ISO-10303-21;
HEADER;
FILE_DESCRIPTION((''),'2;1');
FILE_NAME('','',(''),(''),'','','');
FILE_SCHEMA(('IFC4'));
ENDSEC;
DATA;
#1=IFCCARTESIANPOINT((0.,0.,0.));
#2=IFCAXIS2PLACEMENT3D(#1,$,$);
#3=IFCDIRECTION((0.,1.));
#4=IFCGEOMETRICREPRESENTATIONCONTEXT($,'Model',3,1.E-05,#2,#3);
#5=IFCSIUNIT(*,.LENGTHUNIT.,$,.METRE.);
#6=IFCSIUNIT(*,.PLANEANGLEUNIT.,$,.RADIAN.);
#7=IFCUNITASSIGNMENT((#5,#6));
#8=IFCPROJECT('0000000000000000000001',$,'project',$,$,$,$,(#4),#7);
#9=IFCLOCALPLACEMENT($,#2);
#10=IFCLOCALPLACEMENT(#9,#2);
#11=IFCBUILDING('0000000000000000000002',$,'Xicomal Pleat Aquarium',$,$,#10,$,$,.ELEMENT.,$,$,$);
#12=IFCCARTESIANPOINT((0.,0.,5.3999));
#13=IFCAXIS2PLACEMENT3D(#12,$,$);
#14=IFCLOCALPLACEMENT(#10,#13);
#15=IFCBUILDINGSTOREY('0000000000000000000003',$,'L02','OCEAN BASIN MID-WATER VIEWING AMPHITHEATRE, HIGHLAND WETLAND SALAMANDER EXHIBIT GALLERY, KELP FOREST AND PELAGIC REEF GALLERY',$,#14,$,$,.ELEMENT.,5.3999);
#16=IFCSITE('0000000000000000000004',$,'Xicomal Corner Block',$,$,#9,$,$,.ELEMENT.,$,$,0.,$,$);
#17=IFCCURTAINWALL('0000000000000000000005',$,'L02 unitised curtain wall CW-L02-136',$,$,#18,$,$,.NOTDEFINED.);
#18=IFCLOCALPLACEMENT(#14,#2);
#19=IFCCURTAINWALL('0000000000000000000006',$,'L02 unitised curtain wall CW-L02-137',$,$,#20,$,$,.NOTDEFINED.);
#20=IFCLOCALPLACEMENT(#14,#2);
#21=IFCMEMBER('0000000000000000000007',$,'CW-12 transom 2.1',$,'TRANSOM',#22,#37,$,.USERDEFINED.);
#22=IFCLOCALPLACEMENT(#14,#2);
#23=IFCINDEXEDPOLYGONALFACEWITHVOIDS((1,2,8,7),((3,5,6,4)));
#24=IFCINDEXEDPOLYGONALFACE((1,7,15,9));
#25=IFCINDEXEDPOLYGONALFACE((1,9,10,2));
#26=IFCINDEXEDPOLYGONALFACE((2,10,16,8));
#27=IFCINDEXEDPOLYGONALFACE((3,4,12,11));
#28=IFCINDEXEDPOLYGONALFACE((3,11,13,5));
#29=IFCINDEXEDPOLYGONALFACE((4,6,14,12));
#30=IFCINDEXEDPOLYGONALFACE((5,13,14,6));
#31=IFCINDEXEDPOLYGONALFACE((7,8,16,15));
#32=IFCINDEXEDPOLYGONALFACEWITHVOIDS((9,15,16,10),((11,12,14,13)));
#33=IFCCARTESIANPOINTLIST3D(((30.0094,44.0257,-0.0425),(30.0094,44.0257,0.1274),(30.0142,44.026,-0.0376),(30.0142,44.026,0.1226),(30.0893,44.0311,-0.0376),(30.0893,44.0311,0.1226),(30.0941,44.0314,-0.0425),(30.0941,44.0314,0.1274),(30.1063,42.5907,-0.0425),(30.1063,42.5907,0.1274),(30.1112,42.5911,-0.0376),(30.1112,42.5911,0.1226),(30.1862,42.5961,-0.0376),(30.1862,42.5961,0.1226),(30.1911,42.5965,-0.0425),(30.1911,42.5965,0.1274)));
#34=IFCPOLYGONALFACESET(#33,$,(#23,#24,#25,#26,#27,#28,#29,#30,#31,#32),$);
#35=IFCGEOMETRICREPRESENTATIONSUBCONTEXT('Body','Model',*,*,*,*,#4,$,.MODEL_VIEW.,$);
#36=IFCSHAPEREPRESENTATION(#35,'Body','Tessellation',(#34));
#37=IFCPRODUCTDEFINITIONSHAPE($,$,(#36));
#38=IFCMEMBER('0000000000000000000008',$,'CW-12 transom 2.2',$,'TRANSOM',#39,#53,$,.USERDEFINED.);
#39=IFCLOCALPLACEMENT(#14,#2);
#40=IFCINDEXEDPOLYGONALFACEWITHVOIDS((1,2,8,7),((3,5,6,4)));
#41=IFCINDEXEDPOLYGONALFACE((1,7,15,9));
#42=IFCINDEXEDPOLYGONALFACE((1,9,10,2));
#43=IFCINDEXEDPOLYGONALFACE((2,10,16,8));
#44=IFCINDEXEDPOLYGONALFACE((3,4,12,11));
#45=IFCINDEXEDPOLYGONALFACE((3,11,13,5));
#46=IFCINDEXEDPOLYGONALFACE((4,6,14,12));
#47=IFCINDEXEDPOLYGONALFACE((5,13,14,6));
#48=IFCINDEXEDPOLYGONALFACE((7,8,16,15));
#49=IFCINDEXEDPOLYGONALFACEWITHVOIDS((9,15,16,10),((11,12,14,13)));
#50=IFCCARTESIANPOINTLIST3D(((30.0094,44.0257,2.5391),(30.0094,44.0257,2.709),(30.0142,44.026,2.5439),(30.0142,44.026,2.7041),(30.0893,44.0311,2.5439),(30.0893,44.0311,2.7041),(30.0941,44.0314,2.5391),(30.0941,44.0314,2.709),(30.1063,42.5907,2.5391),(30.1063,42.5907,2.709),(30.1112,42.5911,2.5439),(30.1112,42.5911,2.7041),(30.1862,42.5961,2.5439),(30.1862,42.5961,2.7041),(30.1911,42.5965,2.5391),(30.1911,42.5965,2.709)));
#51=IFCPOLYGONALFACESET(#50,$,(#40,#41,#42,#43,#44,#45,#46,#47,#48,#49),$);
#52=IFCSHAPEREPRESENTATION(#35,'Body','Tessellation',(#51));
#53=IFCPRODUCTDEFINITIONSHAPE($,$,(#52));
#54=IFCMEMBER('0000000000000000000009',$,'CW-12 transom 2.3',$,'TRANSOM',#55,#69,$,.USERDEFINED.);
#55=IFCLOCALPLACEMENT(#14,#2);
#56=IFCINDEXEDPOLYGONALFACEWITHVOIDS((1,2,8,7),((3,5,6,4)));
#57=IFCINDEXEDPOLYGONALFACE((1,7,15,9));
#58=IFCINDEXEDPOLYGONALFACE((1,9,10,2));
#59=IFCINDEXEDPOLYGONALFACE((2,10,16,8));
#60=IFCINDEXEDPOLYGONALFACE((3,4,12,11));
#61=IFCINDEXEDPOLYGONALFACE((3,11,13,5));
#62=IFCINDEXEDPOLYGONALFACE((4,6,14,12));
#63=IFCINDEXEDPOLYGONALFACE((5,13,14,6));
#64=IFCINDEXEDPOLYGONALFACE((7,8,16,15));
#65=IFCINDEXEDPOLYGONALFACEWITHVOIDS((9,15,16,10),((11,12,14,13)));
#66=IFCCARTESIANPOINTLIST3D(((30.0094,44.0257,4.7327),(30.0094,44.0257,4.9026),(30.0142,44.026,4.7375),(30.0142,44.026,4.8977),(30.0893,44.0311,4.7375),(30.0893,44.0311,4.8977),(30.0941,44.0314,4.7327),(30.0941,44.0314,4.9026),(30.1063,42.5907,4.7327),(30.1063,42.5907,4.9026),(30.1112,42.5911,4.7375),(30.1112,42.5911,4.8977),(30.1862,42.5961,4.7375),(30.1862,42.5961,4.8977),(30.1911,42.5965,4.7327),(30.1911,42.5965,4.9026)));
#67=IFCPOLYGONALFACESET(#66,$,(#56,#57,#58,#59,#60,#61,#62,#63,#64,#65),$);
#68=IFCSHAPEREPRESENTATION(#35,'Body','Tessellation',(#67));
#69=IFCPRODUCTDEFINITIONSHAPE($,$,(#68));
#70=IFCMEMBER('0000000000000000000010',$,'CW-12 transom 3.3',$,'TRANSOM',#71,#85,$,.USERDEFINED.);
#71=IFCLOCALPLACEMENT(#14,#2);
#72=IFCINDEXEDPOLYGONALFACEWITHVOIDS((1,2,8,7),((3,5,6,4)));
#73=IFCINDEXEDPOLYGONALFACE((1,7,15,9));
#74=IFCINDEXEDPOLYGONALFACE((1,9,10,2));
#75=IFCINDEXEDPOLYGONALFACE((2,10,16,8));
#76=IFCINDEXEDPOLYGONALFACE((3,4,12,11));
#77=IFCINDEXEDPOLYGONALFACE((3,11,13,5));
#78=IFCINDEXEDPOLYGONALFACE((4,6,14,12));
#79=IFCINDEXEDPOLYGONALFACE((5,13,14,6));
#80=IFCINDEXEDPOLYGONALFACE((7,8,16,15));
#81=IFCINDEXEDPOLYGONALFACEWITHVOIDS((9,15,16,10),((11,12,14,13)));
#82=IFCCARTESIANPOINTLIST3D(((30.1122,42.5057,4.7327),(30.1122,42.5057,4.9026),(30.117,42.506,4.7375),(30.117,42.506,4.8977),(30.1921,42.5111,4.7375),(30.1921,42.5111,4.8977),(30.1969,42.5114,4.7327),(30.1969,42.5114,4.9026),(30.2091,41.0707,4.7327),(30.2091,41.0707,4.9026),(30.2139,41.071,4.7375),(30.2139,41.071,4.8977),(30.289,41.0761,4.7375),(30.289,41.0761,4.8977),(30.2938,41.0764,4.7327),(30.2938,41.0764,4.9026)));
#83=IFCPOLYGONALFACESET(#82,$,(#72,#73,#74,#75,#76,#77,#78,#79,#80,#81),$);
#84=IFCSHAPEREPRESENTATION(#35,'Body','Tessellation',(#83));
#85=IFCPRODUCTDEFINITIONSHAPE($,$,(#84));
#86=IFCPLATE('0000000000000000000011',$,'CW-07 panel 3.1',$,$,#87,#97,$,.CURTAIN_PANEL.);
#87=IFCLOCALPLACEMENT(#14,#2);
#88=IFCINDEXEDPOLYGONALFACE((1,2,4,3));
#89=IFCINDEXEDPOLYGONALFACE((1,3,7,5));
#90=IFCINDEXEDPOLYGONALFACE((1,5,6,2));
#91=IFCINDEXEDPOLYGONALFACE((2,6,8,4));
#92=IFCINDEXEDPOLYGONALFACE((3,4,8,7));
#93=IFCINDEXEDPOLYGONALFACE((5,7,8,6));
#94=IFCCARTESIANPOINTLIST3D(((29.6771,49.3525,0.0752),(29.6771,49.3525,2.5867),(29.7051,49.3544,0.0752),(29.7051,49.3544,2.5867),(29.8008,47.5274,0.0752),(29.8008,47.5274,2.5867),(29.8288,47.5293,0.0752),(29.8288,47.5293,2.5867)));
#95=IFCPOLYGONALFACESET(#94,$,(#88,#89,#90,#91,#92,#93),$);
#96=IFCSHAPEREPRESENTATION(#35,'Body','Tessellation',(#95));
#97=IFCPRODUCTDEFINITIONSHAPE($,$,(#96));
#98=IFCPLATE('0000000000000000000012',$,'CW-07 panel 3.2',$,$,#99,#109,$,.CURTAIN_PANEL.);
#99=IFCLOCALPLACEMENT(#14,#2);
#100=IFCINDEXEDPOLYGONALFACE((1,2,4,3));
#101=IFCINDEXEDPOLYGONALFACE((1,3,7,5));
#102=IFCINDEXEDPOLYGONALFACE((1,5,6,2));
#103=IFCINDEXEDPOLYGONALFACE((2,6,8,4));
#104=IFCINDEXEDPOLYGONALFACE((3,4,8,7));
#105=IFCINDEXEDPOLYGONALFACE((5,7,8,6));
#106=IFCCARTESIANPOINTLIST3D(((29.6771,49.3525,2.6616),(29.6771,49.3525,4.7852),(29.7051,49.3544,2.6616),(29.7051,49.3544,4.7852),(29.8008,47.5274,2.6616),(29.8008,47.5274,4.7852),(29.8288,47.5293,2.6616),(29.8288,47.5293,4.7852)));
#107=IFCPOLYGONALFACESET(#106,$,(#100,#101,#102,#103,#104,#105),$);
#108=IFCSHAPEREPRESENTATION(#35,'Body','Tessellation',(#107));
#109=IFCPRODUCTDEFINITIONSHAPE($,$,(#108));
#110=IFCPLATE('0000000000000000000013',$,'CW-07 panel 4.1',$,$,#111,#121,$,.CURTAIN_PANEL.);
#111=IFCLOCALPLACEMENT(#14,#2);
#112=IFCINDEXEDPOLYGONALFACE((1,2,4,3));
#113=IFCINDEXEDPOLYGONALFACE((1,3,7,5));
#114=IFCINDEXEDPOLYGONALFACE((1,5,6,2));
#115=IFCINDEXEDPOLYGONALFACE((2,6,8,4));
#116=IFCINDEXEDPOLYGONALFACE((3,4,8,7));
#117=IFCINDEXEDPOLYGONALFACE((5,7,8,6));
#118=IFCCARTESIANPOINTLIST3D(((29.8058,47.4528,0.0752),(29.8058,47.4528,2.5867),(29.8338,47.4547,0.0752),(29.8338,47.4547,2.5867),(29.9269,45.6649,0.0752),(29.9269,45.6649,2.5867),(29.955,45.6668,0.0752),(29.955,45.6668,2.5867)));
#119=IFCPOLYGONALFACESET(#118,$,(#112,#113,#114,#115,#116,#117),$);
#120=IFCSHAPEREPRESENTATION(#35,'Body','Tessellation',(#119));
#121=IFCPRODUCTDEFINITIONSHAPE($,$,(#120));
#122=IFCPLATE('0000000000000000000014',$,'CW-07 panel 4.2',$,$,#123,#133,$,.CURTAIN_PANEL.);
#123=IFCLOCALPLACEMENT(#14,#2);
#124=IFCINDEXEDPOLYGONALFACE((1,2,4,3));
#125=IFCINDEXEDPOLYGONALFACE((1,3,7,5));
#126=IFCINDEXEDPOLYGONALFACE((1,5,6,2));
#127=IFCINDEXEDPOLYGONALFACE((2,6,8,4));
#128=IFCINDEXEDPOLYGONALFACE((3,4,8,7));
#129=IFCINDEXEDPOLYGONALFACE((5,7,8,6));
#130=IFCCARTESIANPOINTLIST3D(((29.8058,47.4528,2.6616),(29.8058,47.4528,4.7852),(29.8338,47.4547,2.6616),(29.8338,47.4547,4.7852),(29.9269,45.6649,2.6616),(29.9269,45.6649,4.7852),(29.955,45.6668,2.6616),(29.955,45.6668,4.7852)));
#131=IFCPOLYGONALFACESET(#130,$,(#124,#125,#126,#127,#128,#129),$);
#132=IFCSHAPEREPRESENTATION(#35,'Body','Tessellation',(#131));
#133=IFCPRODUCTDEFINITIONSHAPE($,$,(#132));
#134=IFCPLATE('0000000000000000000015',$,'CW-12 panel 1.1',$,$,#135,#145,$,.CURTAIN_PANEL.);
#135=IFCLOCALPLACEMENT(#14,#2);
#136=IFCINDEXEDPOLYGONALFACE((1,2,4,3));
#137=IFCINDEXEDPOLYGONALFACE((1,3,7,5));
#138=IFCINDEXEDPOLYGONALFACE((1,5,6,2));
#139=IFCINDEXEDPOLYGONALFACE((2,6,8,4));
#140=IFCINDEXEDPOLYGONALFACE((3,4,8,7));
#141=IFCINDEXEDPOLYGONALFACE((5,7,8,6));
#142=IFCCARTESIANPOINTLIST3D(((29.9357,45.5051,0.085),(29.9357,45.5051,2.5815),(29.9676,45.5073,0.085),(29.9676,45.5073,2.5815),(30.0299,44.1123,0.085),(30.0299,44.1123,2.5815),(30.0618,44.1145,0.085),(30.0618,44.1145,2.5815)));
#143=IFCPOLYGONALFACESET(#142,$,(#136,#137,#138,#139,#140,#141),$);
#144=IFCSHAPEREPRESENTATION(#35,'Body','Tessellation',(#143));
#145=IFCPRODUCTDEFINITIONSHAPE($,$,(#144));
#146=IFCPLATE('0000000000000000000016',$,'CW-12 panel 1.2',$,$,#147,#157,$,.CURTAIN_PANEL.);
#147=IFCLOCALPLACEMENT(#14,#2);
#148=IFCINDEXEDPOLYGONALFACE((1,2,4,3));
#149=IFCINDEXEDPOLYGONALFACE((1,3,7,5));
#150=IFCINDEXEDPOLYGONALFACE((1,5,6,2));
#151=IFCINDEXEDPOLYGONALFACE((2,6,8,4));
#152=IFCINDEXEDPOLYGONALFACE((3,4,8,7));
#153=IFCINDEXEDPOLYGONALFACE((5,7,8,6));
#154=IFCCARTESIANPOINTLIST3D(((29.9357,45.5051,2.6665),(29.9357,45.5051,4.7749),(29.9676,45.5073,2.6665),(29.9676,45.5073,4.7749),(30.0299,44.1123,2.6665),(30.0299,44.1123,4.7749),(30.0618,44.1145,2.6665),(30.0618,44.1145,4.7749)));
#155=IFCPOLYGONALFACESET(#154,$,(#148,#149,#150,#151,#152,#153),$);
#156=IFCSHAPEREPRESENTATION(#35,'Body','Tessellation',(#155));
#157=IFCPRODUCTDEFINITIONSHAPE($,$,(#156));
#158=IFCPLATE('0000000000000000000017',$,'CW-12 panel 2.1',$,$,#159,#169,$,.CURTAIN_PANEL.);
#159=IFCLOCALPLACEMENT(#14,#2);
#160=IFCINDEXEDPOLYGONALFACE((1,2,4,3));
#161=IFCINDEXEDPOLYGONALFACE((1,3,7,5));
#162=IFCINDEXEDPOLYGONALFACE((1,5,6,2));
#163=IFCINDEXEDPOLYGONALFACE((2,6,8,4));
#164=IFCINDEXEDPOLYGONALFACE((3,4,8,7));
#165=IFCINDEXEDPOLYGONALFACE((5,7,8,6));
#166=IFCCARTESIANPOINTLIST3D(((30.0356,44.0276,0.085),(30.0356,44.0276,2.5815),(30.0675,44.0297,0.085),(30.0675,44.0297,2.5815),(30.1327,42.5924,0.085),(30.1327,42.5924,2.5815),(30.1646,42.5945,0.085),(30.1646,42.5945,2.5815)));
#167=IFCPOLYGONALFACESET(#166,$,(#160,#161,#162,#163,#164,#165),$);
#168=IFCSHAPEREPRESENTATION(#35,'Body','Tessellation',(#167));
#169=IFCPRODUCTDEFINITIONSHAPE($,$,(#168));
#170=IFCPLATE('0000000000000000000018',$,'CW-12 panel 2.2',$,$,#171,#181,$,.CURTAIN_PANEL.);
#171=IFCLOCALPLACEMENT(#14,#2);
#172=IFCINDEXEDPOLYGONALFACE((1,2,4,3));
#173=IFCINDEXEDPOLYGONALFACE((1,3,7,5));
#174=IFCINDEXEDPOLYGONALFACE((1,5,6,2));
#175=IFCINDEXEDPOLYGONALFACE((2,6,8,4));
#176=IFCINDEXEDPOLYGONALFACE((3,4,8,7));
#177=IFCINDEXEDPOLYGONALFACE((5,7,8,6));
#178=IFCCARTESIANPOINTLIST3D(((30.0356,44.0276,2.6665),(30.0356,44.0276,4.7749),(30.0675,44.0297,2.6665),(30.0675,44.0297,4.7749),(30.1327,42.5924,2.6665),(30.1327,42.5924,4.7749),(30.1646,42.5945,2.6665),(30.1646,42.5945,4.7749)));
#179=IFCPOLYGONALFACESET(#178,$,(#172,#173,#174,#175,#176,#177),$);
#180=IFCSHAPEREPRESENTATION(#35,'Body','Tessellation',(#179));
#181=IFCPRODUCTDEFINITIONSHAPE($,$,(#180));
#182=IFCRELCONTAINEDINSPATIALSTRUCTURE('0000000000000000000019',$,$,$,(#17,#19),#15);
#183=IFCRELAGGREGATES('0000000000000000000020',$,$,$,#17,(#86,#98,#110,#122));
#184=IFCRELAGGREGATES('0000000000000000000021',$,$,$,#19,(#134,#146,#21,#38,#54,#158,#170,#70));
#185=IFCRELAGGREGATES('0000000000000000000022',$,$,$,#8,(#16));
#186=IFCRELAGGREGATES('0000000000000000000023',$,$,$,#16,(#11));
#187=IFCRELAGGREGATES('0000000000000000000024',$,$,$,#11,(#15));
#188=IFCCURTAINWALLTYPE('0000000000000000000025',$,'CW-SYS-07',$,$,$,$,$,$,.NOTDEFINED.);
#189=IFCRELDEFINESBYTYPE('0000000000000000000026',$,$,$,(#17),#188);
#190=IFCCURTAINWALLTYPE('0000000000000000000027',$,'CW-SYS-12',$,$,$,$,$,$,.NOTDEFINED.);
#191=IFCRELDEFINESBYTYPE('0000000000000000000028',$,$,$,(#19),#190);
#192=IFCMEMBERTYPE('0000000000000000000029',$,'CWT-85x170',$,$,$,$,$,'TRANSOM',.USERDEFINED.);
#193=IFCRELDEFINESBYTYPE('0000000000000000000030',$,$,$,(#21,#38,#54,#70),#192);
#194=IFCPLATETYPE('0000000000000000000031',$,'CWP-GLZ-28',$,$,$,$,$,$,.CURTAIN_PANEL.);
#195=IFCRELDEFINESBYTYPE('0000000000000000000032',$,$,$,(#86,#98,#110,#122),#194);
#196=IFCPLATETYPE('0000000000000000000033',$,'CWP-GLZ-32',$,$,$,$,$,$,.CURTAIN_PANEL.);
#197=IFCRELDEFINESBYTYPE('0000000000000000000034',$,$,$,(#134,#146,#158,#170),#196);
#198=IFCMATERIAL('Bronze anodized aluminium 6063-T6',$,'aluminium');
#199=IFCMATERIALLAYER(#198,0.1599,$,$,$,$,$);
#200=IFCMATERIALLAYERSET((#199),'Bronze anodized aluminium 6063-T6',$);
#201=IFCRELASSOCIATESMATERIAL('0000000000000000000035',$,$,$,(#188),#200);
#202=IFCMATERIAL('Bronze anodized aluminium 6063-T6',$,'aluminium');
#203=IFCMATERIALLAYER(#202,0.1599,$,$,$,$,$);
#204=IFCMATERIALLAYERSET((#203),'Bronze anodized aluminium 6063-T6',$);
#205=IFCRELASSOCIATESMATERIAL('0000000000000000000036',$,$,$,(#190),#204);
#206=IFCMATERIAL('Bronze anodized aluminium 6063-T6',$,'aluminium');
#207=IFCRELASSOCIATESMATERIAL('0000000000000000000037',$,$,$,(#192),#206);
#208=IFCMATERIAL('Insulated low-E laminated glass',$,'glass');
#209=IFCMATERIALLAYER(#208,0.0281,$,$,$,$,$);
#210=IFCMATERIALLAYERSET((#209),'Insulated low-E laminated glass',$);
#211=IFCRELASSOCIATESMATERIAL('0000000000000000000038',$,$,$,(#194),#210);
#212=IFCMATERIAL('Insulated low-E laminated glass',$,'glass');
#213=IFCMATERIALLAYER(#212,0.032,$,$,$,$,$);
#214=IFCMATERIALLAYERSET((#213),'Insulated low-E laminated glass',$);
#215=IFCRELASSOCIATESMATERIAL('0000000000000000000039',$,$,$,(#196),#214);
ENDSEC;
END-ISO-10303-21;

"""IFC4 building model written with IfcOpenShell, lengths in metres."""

from ifc_helpers import new_model, si_unit, direction, frame, origin, origin_2d, place, context, subcontext, project, spatial, rectangle, hollow_rectangle, extrude, material, layer, layer_set, material_profile, profile_set, type_object, element, aggregate, save


model = new_model("IFC4")

# Units and contexts
model_context = context("Model", 3, precision=1e-05, world=origin(), true_north=direction((0.0, 1.0)))
body_context = subcontext(model_context, "Body", "Model", "MODEL_VIEW")
ifc_project = project(units=[si_unit("LENGTHUNIT", "METRE"), si_unit("PLANEANGLEUNIT", "RADIAN")], contexts=[model_context])

# Site, building, storey
site_placement = place(None, origin())
site = spatial("IfcSite", under=ifc_project, at=site_placement, Name="Xicomal Corner Block", CompositionType="ELEMENT", RefElevation=0.0)
building_placement = place(site_placement, origin())
building = spatial("IfcBuilding", under=site, at=building_placement, Name="Xicomal Pleat Aquarium", CompositionType="ELEMENT")
storey_placement = place(building_placement, frame((0.0, 0.0, 5.3999)))
storey = spatial("IfcBuildingStorey", under=building, at=storey_placement, Name="L02", Description="OCEAN BASIN MID-WATER VIEWING AMPHITHEATRE, HIGHLAND WETLAND SALAMANDER EXHIBIT GALLERY, KELP FOREST AND PELAGIC REEF GALLERY", CompositionType="ELEMENT", Elevation=5.3999)

# Curtain walls
ifc_material_1 = material(Name="Bronze anodized aluminium 6063-T6", Category="aluminium")
ifc_layer_1 = layer(ifc_material_1, 0.1599)
ifc_layer_set_1 = layer_set([ifc_layer_1], Name="Bronze anodized aluminium 6063-T6")
curtain_wall_type_1 = type_object("IfcCurtainWallType", Name="CW-SYS-07", PredefinedType="NOTDEFINED", material=ifc_layer_set_1)
curtain_wall_1_placement = place(storey_placement, origin())
curtain_wall_1 = element("IfcCurtainWall", 1, at=curtain_wall_1_placement, inside=storey, type_object=curtain_wall_type_1, Name="L02 unitised curtain wall CW-L02-136", PredefinedType="NOTDEFINED")
ifc_material_2 = material(Name="Bronze anodized aluminium 6063-T6", Category="aluminium")
ifc_layer_2 = layer(ifc_material_2, 0.1599)
ifc_layer_set_2 = layer_set([ifc_layer_2], Name="Bronze anodized aluminium 6063-T6")
curtain_wall_type_2 = type_object("IfcCurtainWallType", Name="CW-SYS-12", PredefinedType="NOTDEFINED", material=ifc_layer_set_2)
curtain_wall_2_placement = place(storey_placement, origin())
curtain_wall_2 = element("IfcCurtainWall", 2, at=curtain_wall_2_placement, inside=storey, type_object=curtain_wall_type_2, Name="L02 unitised curtain wall CW-L02-137", PredefinedType="NOTDEFINED")

# Members
ifc_material_3 = material(Name="Bronze anodized aluminium 6063-T6", Category="aluminium")
ifc_material_profile_1 = material_profile(ifc_material_3, hollow_rectangle(XDim=0.085, YDim=0.1699, WallThickness=0.0049, at=origin_2d()), Name="ALU TRAN 85x170")
ifc_profile_set_1 = profile_set([ifc_material_profile_1], Name="Bronze anodized aluminium 6063-T6")
member_type_1 = type_object("IfcMemberType", Name="CWT-85x170", ElementType="TRANSOM", PredefinedType="USERDEFINED", material=ifc_profile_set_1)
member_1_placement = place(storey_placement, frame((30.0518, 44.0286, 0.0425), z_axis=(0.067386, -0.997727, 0.0), x_axis=(0.997727, 0.067386, 0.0)))
member_1 = element("IfcMember", 3, at=member_1_placement, type_object=member_type_1, Name="CW-12 transom 2.1", ObjectType="TRANSOM", PredefinedType="USERDEFINED", context=body_context, shape_type="SweptSolid", body=[
    extrude(hollow_rectangle(XDim=0.085, YDim=0.1699, WallThickness=0.0049, at=origin_2d()), origin(), (0.0, 0.0, 1.0), 1.4382),
])
member_2_placement = place(storey_placement, frame((30.0518, 44.0286, 2.624), z_axis=(0.067386, -0.997727, 0.0), x_axis=(0.997727, 0.067386, 0.0)))
member_2 = element("IfcMember", 4, at=member_2_placement, type_object=member_type_1, Name="CW-12 transom 2.2", ObjectType="TRANSOM", PredefinedType="USERDEFINED", context=body_context, shape_type="SweptSolid", body=[
    extrude(hollow_rectangle(XDim=0.085, YDim=0.1699, WallThickness=0.0049, at=origin_2d()), origin(), (0.0, 0.0, 1.0), 1.4382),
])
member_3_placement = place(storey_placement, frame((30.0518, 44.0286, 4.8176), z_axis=(0.067386, -0.997727, 0.0), x_axis=(0.997727, 0.067386, 0.0)))
member_3 = element("IfcMember", 5, at=member_3_placement, type_object=member_type_1, Name="CW-12 transom 2.3", ObjectType="TRANSOM", PredefinedType="USERDEFINED", context=body_context, shape_type="SweptSolid", body=[
    extrude(hollow_rectangle(XDim=0.085, YDim=0.1699, WallThickness=0.0049, at=origin_2d()), origin(), (0.0, 0.0, 1.0), 1.4382),
])
member_4_placement = place(storey_placement, frame((30.1545, 42.5085, 4.8176), z_axis=(0.067386, -0.997727, 0.0), x_axis=(0.997727, 0.067386, 0.0)))
member_4 = element("IfcMember", 6, at=member_4_placement, type_object=member_type_1, Name="CW-12 transom 3.3", ObjectType="TRANSOM", PredefinedType="USERDEFINED", context=body_context, shape_type="SweptSolid", body=[
    extrude(hollow_rectangle(XDim=0.085, YDim=0.1699, WallThickness=0.0049, at=origin_2d()), origin(), (0.0, 0.0, 1.0), 1.4382),
])

# Plates
ifc_material_4 = material(Name="Insulated low-E laminated glass", Category="glass")
ifc_layer_3 = layer(ifc_material_4, 0.0281)
ifc_layer_set_3 = layer_set([ifc_layer_3], Name="Insulated low-E laminated glass")
plate_type_1 = type_object("IfcPlateType", Name="CWP-GLZ-28", PredefinedType="CURTAIN_PANEL", material=ifc_layer_set_3)
plate_1_placement = place(storey_placement, frame((29.7529, 48.4409, 0.0752), z_axis=(0.0, 0.0, 1.0), x_axis=(0.067608, -0.997712, 0.0)))
plate_1 = element("IfcPlate", 7, at=plate_1_placement, type_object=plate_type_1, Name="CW-07 panel 3.1", PredefinedType="CURTAIN_PANEL", context=body_context, shape_type="SweptSolid", body=[
    extrude(rectangle(XDim=1.8293, YDim=0.0281, at=origin_2d()), origin(), (0.0, 0.0, 1.0), 2.5115),
])
plate_2_placement = place(storey_placement, frame((29.7529, 48.4409, 2.6616), z_axis=(0.0, 0.0, 1.0), x_axis=(0.067608, -0.997712, 0.0)))
plate_2 = element("IfcPlate", 8, at=plate_2_placement, type_object=plate_type_1, Name="CW-07 panel 3.2", PredefinedType="CURTAIN_PANEL", context=body_context, shape_type="SweptSolid", body=[
    extrude(rectangle(XDim=1.8293, YDim=0.0281, at=origin_2d()), origin(), (0.0, 0.0, 1.0), 2.1235),
])
plate_3_placement = place(storey_placement, frame((29.8804, 46.5598, 0.0752), z_axis=(0.0, 0.0, 1.0), x_axis=(0.067608, -0.997712, 0.0)))
plate_3 = element("IfcPlate", 9, at=plate_3_placement, type_object=plate_type_1, Name="CW-07 panel 4.1", PredefinedType="CURTAIN_PANEL", context=body_context, shape_type="SweptSolid", body=[
    extrude(rectangle(XDim=1.792, YDim=0.0281, at=origin_2d()), origin(), (0.0, 0.0, 1.0), 2.5115),
])
plate_4_placement = place(storey_placement, frame((29.8804, 46.5598, 2.6616), z_axis=(0.0, 0.0, 1.0), x_axis=(0.067608, -0.997712, 0.0)))
plate_4 = element("IfcPlate", 10, at=plate_4_placement, type_object=plate_type_1, Name="CW-07 panel 4.2", PredefinedType="CURTAIN_PANEL", context=body_context, shape_type="SweptSolid", body=[
    extrude(rectangle(XDim=1.792, YDim=0.0281, at=origin_2d()), origin(), (0.0, 0.0, 1.0), 2.1235),
])
aggregate(curtain_wall_1, [plate_1, plate_2, plate_3, plate_4])
ifc_material_5 = material(Name="Insulated low-E laminated glass", Category="glass")
ifc_layer_4 = layer(ifc_material_5, 0.032)
ifc_layer_set_4 = layer_set([ifc_layer_4], Name="Insulated low-E laminated glass")
plate_type_2 = type_object("IfcPlateType", Name="CWP-GLZ-32", PredefinedType="CURTAIN_PANEL", material=ifc_layer_set_4)
plate_5_placement = place(storey_placement, frame((29.9988, 44.8098, 0.085), z_axis=(0.0, 0.0, 1.0), x_axis=(0.067477, -0.997721, 0.0)))
plate_5 = element("IfcPlate", 11, at=plate_5_placement, type_object=plate_type_2, Name="CW-12 panel 1.1", PredefinedType="CURTAIN_PANEL", context=body_context, shape_type="SweptSolid", body=[
    extrude(rectangle(XDim=1.396, YDim=0.032, at=origin_2d()), origin(), (0.0, 0.0, 1.0), 2.4966),
])
plate_6_placement = place(storey_placement, frame((29.9988, 44.8098, 2.6665), z_axis=(0.0, 0.0, 1.0), x_axis=(0.067477, -0.997721, 0.0)))
plate_6 = element("IfcPlate", 12, at=plate_6_placement, type_object=plate_type_2, Name="CW-12 panel 1.2", PredefinedType="CURTAIN_PANEL", context=body_context, shape_type="SweptSolid", body=[
    extrude(rectangle(XDim=1.396, YDim=0.032, at=origin_2d()), origin(), (0.0, 0.0, 1.0), 2.1084),
])
plate_7_placement = place(storey_placement, frame((30.1001, 43.311, 0.085), z_axis=(0.0, 0.0, 1.0), x_axis=(0.067477, -0.997721, 0.0)))
plate_7 = element("IfcPlate", 13, at=plate_7_placement, type_object=plate_type_2, Name="CW-12 panel 2.1", PredefinedType="CURTAIN_PANEL", context=body_context, shape_type="SweptSolid", body=[
    extrude(rectangle(XDim=1.4385, YDim=0.032, at=origin_2d()), origin(), (0.0, 0.0, 1.0), 2.4966),
])
plate_8_placement = place(storey_placement, frame((30.1001, 43.311, 2.6665), z_axis=(0.0, 0.0, 1.0), x_axis=(0.067477, -0.997721, 0.0)))
plate_8 = element("IfcPlate", 14, at=plate_8_placement, type_object=plate_type_2, Name="CW-12 panel 2.2", PredefinedType="CURTAIN_PANEL", context=body_context, shape_type="SweptSolid", body=[
    extrude(rectangle(XDim=1.4385, YDim=0.032, at=origin_2d()), origin(), (0.0, 0.0, 1.0), 2.1084),
])
aggregate(curtain_wall_2, [plate_5, plate_6, member_1, member_2, member_3, plate_7, plate_8, member_4])

save(model, "model.ifc")
